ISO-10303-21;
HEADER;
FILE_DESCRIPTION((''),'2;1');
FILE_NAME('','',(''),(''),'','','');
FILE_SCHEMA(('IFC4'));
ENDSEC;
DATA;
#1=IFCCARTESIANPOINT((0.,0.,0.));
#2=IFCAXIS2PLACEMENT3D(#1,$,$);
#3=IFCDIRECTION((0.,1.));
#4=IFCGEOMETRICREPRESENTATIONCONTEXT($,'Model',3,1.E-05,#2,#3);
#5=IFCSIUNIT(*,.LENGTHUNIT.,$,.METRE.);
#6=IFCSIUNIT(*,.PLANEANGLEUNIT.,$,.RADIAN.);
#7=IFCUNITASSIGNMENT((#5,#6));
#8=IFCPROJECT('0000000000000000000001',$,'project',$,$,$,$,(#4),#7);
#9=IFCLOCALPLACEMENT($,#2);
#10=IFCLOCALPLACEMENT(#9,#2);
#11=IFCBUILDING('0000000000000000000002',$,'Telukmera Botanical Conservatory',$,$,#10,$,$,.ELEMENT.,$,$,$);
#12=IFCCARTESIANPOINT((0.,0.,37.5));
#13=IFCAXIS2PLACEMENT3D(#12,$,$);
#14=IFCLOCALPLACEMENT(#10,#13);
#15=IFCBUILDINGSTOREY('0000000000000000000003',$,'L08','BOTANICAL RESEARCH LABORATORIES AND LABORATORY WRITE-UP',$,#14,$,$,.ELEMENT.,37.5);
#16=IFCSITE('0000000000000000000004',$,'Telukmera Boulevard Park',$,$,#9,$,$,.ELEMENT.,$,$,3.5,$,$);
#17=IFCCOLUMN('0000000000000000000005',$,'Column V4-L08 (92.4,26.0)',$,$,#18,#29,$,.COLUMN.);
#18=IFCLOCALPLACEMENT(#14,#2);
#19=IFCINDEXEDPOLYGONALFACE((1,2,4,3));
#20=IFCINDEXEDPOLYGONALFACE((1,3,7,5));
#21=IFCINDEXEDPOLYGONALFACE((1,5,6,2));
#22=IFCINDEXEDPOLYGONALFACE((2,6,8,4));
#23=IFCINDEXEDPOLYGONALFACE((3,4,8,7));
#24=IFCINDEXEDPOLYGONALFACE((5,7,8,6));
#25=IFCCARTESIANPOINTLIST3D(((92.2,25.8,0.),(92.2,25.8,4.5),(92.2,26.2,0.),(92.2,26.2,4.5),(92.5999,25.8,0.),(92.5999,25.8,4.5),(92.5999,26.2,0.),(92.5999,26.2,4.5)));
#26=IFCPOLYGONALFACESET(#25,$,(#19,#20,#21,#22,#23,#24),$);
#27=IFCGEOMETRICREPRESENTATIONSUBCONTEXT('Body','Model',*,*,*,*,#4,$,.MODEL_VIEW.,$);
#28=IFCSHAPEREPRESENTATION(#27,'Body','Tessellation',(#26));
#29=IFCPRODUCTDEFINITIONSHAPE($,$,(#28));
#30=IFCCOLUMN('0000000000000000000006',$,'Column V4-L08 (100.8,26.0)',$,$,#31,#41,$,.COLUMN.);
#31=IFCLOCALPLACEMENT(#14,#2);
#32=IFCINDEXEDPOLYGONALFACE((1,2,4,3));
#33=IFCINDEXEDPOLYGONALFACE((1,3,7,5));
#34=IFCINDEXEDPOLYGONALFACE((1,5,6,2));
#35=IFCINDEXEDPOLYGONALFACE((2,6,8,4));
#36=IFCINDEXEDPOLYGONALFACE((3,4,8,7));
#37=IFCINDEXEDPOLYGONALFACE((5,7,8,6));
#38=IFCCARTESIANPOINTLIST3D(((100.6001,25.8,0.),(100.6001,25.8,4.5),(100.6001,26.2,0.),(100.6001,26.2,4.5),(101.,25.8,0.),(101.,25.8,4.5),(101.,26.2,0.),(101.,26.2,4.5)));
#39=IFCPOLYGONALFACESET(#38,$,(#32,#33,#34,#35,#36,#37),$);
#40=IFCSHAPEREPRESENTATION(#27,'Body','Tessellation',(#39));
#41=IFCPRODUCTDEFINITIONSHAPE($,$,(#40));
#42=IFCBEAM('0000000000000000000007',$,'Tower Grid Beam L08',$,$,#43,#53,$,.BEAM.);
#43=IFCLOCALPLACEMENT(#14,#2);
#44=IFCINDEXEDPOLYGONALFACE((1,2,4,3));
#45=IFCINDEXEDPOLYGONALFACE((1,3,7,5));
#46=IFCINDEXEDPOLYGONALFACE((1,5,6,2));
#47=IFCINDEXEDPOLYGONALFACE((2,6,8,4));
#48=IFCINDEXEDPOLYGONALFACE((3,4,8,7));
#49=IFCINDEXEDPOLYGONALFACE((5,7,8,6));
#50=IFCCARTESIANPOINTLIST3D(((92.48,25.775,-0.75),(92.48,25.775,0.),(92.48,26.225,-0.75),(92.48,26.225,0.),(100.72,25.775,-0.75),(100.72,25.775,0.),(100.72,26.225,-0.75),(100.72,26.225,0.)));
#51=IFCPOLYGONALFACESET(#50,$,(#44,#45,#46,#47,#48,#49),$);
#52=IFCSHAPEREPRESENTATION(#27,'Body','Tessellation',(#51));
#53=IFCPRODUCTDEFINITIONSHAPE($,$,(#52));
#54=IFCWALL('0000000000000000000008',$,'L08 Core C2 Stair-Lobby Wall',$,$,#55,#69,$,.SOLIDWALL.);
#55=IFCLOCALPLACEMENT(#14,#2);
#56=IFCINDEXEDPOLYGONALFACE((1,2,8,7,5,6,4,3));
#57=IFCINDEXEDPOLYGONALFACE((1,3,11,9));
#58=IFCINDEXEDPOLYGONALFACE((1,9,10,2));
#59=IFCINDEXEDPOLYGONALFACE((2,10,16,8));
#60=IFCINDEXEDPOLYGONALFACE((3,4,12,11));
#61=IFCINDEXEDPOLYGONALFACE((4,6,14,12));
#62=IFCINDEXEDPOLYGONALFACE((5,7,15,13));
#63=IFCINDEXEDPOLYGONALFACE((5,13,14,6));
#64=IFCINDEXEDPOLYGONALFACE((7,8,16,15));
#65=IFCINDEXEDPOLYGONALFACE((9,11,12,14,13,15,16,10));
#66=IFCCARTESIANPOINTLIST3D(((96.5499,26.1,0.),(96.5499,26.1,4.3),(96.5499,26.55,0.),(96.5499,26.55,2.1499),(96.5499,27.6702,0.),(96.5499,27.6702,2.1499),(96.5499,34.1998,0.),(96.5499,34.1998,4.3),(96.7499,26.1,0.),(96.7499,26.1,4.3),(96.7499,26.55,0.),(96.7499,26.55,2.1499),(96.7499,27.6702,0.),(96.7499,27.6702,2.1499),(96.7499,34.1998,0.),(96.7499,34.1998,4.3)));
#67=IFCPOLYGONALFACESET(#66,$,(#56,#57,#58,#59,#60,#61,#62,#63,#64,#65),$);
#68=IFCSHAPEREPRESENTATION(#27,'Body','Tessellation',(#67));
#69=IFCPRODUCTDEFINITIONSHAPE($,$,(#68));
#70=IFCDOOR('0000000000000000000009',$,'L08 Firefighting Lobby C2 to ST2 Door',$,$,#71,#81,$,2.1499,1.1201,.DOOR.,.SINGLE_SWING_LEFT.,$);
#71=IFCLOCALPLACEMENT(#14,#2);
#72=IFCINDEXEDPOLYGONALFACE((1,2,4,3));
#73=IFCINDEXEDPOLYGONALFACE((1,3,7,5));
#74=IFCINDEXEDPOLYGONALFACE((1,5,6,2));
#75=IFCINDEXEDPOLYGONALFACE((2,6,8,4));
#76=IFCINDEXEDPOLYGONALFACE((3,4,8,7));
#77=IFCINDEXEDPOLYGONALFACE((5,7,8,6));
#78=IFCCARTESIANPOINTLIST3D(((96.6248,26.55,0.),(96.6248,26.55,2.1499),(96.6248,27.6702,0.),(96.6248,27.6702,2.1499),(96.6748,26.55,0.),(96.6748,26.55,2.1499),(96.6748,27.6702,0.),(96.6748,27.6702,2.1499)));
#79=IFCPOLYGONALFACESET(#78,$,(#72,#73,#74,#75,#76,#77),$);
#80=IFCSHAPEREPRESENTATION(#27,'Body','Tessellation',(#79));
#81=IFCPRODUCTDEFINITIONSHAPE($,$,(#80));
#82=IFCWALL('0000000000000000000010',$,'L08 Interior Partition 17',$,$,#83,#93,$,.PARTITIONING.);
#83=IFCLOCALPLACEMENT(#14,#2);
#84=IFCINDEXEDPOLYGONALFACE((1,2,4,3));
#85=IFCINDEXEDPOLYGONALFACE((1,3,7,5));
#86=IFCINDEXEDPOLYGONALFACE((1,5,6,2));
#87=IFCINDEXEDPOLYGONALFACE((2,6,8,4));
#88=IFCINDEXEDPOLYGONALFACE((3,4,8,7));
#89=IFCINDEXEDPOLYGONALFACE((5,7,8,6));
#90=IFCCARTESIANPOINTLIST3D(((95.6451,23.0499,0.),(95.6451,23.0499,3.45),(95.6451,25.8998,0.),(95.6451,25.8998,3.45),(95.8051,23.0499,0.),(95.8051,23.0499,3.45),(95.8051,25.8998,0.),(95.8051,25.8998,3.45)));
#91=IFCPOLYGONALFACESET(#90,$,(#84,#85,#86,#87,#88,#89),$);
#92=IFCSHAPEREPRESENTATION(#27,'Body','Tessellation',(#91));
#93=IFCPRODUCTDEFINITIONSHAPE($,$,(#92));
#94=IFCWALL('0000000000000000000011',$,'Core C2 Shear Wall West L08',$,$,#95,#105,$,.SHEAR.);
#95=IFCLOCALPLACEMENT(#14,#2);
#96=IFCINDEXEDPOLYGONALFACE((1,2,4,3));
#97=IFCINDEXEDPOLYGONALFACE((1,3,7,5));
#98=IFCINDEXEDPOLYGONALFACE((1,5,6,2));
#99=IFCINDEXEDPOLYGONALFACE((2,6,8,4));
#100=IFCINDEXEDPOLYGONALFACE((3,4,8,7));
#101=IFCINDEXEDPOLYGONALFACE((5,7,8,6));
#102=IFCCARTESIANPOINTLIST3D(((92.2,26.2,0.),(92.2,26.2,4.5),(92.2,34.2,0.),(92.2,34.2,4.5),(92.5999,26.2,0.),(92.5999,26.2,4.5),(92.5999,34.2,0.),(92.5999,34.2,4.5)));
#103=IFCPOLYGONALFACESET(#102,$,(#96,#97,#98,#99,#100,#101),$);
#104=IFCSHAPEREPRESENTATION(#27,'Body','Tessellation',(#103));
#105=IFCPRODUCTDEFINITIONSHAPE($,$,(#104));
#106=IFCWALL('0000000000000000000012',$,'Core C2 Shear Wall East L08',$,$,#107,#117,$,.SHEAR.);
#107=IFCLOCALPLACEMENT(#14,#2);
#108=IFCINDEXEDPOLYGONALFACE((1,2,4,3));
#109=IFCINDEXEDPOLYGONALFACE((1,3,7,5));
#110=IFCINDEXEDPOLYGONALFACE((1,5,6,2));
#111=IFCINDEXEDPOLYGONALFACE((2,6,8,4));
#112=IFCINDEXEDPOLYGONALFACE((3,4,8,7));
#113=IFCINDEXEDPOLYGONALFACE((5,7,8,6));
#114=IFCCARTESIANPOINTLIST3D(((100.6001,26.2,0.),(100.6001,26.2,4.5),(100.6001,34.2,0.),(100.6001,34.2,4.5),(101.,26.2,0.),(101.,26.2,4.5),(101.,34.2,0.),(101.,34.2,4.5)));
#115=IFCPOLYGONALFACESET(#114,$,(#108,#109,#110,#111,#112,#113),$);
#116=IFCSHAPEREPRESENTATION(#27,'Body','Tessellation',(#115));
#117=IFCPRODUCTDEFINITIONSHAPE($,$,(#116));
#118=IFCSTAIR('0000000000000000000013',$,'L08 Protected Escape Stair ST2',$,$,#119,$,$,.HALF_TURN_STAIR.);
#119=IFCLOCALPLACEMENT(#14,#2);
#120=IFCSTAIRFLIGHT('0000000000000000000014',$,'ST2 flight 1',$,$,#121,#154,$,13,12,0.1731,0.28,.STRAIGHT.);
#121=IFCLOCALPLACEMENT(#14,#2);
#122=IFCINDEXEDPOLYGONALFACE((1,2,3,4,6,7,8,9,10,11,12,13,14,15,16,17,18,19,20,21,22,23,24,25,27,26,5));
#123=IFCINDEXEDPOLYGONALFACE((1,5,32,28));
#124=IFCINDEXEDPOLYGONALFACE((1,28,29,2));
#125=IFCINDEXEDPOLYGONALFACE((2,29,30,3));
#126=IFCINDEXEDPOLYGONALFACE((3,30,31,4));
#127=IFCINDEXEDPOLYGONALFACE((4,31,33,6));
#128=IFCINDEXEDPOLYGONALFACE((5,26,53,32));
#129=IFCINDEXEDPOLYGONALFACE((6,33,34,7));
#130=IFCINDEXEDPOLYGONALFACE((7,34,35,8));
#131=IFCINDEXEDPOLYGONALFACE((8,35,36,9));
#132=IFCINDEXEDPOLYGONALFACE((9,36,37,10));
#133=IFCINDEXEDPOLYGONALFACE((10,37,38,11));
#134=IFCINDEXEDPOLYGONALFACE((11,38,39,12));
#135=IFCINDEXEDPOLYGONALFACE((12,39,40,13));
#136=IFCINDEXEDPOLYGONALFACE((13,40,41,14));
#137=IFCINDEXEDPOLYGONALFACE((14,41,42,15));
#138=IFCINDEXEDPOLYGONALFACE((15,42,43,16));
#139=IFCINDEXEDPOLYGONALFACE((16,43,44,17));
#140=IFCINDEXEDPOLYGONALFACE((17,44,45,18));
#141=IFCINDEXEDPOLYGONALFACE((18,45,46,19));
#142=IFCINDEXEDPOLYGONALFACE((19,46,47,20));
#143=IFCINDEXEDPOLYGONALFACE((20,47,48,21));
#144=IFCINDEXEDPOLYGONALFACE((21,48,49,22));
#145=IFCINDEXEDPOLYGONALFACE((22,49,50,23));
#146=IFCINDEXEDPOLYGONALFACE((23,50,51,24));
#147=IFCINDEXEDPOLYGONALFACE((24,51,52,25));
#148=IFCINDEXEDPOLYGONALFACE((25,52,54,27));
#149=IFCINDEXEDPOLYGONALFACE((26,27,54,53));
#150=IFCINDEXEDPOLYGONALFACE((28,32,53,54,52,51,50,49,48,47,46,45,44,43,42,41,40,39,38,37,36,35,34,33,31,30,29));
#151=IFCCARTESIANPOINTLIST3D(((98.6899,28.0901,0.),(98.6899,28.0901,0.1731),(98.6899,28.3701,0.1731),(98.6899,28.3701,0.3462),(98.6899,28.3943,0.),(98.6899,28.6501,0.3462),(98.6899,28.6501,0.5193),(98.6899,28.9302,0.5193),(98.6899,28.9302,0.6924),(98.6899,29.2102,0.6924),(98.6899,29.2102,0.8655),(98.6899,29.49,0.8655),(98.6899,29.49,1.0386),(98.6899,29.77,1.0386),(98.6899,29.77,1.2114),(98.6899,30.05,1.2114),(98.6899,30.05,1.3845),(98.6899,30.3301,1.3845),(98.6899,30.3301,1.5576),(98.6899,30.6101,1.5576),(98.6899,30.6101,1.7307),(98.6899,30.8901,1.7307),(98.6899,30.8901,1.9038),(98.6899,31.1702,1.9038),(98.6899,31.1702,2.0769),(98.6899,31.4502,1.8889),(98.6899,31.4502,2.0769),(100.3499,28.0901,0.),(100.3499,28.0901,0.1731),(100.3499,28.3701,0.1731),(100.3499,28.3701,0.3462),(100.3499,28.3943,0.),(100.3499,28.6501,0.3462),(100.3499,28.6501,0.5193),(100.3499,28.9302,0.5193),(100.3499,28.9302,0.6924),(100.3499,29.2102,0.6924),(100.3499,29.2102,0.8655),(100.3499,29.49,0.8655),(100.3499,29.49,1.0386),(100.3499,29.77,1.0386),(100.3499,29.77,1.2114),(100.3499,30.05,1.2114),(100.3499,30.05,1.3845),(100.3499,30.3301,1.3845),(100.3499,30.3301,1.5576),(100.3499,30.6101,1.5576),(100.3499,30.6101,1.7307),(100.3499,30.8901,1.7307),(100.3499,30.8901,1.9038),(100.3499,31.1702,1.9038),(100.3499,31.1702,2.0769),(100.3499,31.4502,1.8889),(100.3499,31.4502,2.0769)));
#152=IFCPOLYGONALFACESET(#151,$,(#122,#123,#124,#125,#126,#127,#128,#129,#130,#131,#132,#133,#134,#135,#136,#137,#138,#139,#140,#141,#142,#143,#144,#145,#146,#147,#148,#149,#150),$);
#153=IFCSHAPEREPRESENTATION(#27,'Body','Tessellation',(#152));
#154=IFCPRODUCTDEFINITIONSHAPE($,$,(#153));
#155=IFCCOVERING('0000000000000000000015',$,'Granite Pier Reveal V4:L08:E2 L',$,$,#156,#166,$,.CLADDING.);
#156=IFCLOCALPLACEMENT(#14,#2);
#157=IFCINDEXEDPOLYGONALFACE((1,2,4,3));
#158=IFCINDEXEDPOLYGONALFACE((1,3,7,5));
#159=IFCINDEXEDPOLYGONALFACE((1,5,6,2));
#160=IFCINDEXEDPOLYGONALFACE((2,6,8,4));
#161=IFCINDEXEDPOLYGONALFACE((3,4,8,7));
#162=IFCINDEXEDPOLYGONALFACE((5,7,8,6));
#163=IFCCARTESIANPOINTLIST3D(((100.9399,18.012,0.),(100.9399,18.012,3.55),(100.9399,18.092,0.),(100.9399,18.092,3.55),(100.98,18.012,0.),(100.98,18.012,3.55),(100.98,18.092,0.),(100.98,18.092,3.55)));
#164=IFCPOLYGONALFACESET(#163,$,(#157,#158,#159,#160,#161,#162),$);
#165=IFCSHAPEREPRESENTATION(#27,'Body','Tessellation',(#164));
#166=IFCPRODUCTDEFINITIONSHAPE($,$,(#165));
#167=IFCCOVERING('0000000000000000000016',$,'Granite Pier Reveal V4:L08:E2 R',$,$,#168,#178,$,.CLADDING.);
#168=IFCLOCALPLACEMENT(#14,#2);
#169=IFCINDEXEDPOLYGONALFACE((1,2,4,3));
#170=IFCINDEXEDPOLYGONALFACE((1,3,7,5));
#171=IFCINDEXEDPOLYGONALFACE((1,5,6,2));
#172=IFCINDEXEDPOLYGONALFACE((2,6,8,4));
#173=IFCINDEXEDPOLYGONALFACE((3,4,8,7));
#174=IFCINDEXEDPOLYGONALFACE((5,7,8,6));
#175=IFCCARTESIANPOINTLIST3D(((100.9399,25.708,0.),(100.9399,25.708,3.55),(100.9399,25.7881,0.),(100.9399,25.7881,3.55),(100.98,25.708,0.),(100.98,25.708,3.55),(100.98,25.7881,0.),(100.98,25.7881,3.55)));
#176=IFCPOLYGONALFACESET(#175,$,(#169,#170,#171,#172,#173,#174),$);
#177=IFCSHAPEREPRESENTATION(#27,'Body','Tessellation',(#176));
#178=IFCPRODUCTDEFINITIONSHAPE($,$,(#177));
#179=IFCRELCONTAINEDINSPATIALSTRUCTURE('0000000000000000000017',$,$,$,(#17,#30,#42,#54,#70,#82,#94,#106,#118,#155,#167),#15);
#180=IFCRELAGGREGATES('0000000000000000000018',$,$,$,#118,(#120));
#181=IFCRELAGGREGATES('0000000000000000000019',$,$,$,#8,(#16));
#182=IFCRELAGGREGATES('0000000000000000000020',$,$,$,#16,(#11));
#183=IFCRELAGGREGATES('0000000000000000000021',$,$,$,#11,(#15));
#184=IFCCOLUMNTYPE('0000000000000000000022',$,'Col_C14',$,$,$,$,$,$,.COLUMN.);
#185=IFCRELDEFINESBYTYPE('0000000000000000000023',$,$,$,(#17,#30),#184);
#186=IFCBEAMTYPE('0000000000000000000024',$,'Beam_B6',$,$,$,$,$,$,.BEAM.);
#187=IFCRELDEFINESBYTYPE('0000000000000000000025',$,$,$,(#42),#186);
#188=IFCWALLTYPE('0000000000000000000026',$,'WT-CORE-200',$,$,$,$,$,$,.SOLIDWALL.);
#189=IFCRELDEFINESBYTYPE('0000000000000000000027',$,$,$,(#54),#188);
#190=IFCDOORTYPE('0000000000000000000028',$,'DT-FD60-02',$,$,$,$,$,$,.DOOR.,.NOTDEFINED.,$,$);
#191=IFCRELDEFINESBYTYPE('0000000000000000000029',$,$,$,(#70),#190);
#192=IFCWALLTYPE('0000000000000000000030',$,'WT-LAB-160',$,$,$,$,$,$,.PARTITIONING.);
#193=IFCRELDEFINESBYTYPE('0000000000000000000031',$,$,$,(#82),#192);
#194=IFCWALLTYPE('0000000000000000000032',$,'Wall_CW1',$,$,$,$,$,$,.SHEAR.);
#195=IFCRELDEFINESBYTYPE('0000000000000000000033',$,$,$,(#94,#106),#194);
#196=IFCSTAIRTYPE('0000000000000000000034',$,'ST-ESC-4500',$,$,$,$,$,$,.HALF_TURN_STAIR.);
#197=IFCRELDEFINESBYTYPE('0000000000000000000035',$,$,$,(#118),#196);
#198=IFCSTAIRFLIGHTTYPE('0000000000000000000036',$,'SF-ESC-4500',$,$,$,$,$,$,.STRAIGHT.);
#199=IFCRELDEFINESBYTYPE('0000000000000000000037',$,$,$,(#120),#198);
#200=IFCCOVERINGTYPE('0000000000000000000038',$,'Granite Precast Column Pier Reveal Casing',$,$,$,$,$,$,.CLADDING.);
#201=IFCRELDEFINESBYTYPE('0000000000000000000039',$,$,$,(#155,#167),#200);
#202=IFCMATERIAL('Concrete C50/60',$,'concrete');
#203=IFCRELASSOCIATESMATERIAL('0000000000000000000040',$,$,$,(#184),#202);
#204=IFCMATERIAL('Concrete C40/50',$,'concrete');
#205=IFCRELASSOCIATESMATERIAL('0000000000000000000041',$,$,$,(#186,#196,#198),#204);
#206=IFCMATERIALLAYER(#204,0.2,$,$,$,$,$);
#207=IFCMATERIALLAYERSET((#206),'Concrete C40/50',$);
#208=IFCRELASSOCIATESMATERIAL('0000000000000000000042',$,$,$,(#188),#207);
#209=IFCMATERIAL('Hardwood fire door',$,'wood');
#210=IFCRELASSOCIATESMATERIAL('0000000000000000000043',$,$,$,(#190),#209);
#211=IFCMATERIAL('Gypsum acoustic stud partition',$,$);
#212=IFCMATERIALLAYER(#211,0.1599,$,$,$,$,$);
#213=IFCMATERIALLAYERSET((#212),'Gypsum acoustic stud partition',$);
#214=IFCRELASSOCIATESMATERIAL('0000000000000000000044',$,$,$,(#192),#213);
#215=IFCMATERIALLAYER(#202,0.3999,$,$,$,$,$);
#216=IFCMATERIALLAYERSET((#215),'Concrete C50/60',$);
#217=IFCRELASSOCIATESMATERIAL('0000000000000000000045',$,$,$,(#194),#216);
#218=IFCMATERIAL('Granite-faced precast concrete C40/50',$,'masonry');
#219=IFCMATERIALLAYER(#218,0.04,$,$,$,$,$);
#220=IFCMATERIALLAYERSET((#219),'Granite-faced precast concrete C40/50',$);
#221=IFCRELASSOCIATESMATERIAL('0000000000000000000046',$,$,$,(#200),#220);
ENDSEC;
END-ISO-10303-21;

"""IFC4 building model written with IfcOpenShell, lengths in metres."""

from ifc_helpers import new_model, si_unit, direction, frame, frame_2d, origin, origin_2d, place, context, subcontext, project, spatial, polyline, rectangle, outline, extrude, material, layer, layer_set, material_profile, profile_set, type_object, element, fill, aggregate, save


model = new_model("IFC4")

# Units and contexts
model_context = context("Model", 3, precision=1e-05, world=origin(), true_north=direction((0.0, 1.0)))
body_context = subcontext(model_context, "Body", "Model", "MODEL_VIEW")
ifc_project = project(units=[si_unit("LENGTHUNIT", "METRE"), si_unit("PLANEANGLEUNIT", "RADIAN")], contexts=[model_context])

# Site, building, storey
site_placement = place(None, origin())
site = spatial("IfcSite", under=ifc_project, at=site_placement, Name="Telukmera Boulevard Park", CompositionType="ELEMENT", RefElevation=3.5)
building_placement = place(site_placement, origin())
building = spatial("IfcBuilding", under=site, at=building_placement, Name="Telukmera Botanical Conservatory", CompositionType="ELEMENT")
storey_placement = place(building_placement, frame((0.0, 0.0, 37.5)))
storey = spatial("IfcBuildingStorey", under=building, at=storey_placement, Name="L08", Description="BOTANICAL RESEARCH LABORATORIES AND LABORATORY WRITE-UP", CompositionType="ELEMENT", Elevation=37.5)

# Columns
ifc_material_1 = material(Name="Concrete C50/60", Category="concrete")
ifc_material_profile_1 = material_profile(ifc_material_1, rectangle(XDim=0.3999, YDim=0.3999, at=origin_2d()), Name="RC 400x400")
ifc_profile_set_1 = profile_set([ifc_material_profile_1], Name="Concrete C50/60")
column_type = type_object("IfcColumnType", Name="Col_C14", PredefinedType="COLUMN", material=ifc_profile_set_1)
for number, where, z_axis, x_axis, name in (
    (1, (92.3999, 26.0, 0.0), (0.0, 0.0, 1.0), (1.0, 0.0, 0.0), "Column V4-L08 (92.4,26.0)"),
    (2, (100.8, 26.0, 0.0), (0.0, 0.0, 1.0), (1.0, 0.0, 0.0), "Column V4-L08 (100.8,26.0)"),
):
    element("IfcColumn", number, at=place(storey_placement, frame(where, z_axis=z_axis, x_axis=x_axis)), inside=storey, type_object=column_type, Name=name, PredefinedType="COLUMN", context=body_context, shape_type="SweptSolid", body=[
        extrude(rectangle(XDim=0.3999, YDim=0.3999, at=origin_2d()), origin(), (0.0, 0.0, 1.0), 4.5),
    ])

# Beam
ifc_material_2 = material(Name="Concrete C40/50", Category="concrete")
ifc_material_profile_2 = material_profile(ifc_material_2, rectangle(XDim=0.45, YDim=0.75, at=origin_2d()), Name="RC 450x750")
ifc_profile_set_2 = profile_set([ifc_material_profile_2], Name="Concrete C40/50")
beam_type = type_object("IfcBeamType", Name="Beam_B6", PredefinedType="BEAM", material=ifc_profile_set_2)
beam_placement = place(storey_placement, frame((92.48, 26.0, -0.375), z_axis=(1.0, 0.0, 0.0), x_axis=(0.0, 1.0, 0.0)))
element("IfcBeam", 3, at=beam_placement, inside=storey, type_object=beam_type, Name="Tower Grid Beam L08", PredefinedType="BEAM", context=body_context, shape_type="SweptSolid", body=[
    extrude(rectangle(XDim=0.45, YDim=0.75, at=origin_2d()), origin(), (0.0, 0.0, 1.0), 8.24),
])

# Shared definitions
ifc_layer_1 = layer(ifc_material_2, 0.2)
ifc_layer_set_1 = layer_set([ifc_layer_1], Name="Concrete C40/50")
wall_type_1 = type_object("IfcWallType", Name="WT-CORE-200", PredefinedType="SOLIDWALL", material=ifc_layer_set_1)
ifc_material_3 = material(Name="Hardwood fire door", Category="wood")

# Wall, opening, door
wall_1_placement = place(storey_placement, frame((96.6499, 26.1001, 0.0), z_axis=(0.0, 0.0, 1.0), x_axis=(0.0, 1.0, 0.0)))
wall_1 = element("IfcWall", 4, at=wall_1_placement, inside=storey, type_object=wall_type_1, Name="L08 Core C2 Stair-Lobby Wall", PredefinedType="SOLIDWALL", context=body_context, shape_type="SweptSolid", body=[
    extrude(rectangle(XDim=8.0999, YDim=0.2, at=frame_2d((4.0498, 0.0))), origin(), (0.0, 0.0, 1.0), 4.3),
])
opening_1_placement = place(wall_1_placement, frame((0.45, 0.0, 0.0)))
opening_1 = element("IfcOpeningElement", 5, at=opening_1_placement, cuts=wall_1, PredefinedType="OPENING", context=body_context, shape_type="SweptSolid", body=[
    extrude(rectangle(XDim=1.1201, YDim=2.1499, at=frame_2d((0.5601, 1.075))), frame((0.0, 0.1099, 0.0), z_axis=(0.0, -1.0, 0.0), x_axis=(1.0, 0.0, 0.0)), (0.0, 0.0, 1.0), 0.22),
])
door_type_1 = type_object("IfcDoorType", Name="DT-FD60-02", OperationType="NOTDEFINED", PredefinedType="DOOR", material=ifc_material_3)
door_1_placement = place(opening_1_placement, frame((1.1201, 0.0, 0.0), z_axis=(0.0, 0.0, 1.0), x_axis=(-1.0, 0.0, 0.0)))
door_1 = element("IfcDoor", 6, at=door_1_placement, inside=storey, type_object=door_type_1, Name="L08 Firefighting Lobby C2 to ST2 Door", OperationType="SINGLE_SWING_LEFT", OverallHeight=2.1499, OverallWidth=1.1201, PredefinedType="DOOR", context=body_context, shape_type="SweptSolid", body=[
    extrude(rectangle(XDim=1.1201, YDim=2.1499, at=frame_2d((0.5601, 1.075))), frame((0.0, 0.0249, 0.0), z_axis=(0.0, -1.0, 0.0), x_axis=(1.0, 0.0, 0.0)), (0.0, 0.0, 1.0), 0.05),
])
fill(opening_1, door_1)

# Walls
ifc_material_4 = material(Name="Gypsum acoustic stud partition")
ifc_layer_2 = layer(ifc_material_4, 0.1599)
ifc_layer_set_2 = layer_set([ifc_layer_2], Name="Gypsum acoustic stud partition")
wall_type_2 = type_object("IfcWallType", Name="WT-LAB-160", PredefinedType="PARTITIONING", material=ifc_layer_set_2)
wall_2_placement = place(storey_placement, frame((95.7251, 23.05, 0.0), z_axis=(0.0, 0.0, 1.0), x_axis=(0.0, 1.0, 0.0)))
element("IfcWall", 7, at=wall_2_placement, inside=storey, type_object=wall_type_2, Name="L08 Interior Partition 17", PredefinedType="PARTITIONING", context=body_context, shape_type="SweptSolid", body=[
    extrude(rectangle(XDim=2.8499, YDim=0.1599, at=frame_2d((1.4248, 0.0))), origin(), (0.0, 0.0, 1.0), 3.45),
])
ifc_layer_3 = layer(ifc_material_1, 0.3999)
ifc_layer_set_3 = layer_set([ifc_layer_3], Name="Concrete C50/60")
wall_type_3 = type_object("IfcWallType", Name="Wall_CW1", PredefinedType="SHEAR", material=ifc_layer_set_3)
for number, where, z_axis, x_axis, name in (
    (8, (92.3999, 26.2, 0.0), (0.0, 0.0, 1.0), (0.0, 1.0, 0.0), "Core C2 Shear Wall West L08"),
    (9, (100.8, 26.2, 0.0), (0.0, 0.0, 1.0), (0.0, 1.0, 0.0), "Core C2 Shear Wall East L08"),
):
    element("IfcWall", number, at=place(storey_placement, frame(where, z_axis=z_axis, x_axis=x_axis)), inside=storey, type_object=wall_type_3, Name=name, PredefinedType="SHEAR", context=body_context, shape_type="SweptSolid", body=[
        extrude(rectangle(XDim=8.0, YDim=0.3999, at=frame_2d((4.0, 0.0))), origin(), (0.0, 0.0, 1.0), 4.5),
    ])

# Stair, stair flight
stair_type = type_object("IfcStairType", Name="ST-ESC-4500", PredefinedType="HALF_TURN_STAIR", material=ifc_material_2)
stair_placement = place(storey_placement, origin())
stair = element("IfcStair", 10, at=stair_placement, inside=storey, type_object=stair_type, Name="L08 Protected Escape Stair ST2", PredefinedType="HALF_TURN_STAIR")
stair_flight_type = type_object("IfcStairFlightType", Name="SF-ESC-4500", PredefinedType="STRAIGHT", material=ifc_material_2)
stair_flight_placement = place(storey_placement, frame((99.52, 28.0901, 0.0), z_axis=(0.0, 0.0, 1.0), x_axis=(0.0, 1.0, 0.0)))
stair_flight = element("IfcStairFlight", 11, at=stair_flight_placement, type_object=stair_flight_type, Name="ST2 flight 1", NumberOfRisers=13, NumberOfTreads=12, PredefinedType="STRAIGHT", RiserHeight=0.1731, TreadLength=0.28, context=body_context, shape_type="SweptSolid", body=[
    extrude(outline(polyline([(0.0, 0.0), (0.0, 0.1731), (0.28, 0.1731), (0.28, 0.3462), (0.5601, 0.3462), (0.5601, 0.5193), (0.8401, 0.5193), (0.8401, 0.6924), (1.1201, 0.6924), (1.1201, 0.8655), (1.3999, 0.8655), (1.3999, 1.0386), (1.6799, 1.0386), (1.6799, 1.2114), (1.96, 1.2114), (1.96, 1.3845), (2.24, 1.3845), (2.24, 1.5576), (2.52, 1.5576), (2.52, 1.7307), (2.8, 1.7307), (2.8, 1.9038), (3.0801, 1.9038), (3.0801, 2.0769), (3.3601, 2.0769), (3.3601, 2.25), (3.3601, 1.8889), (0.3042, 0.0), (0.0, 0.0)])), frame((0.0, 0.8301, 0.0), z_axis=(0.0, -1.0, 0.0), x_axis=(1.0, 0.0, 0.0)), (0.0, 0.0, 1.0), 1.6599),
])
aggregate(stair, [stair_flight])

# Coverings
ifc_material_5 = material(Name="Granite-faced precast concrete C40/50", Category="masonry")
ifc_layer_4 = layer(ifc_material_5, 0.04)
ifc_layer_set_4 = layer_set([ifc_layer_4], Name="Granite-faced precast concrete C40/50")
covering_type_1 = type_object("IfcCoveringType", Name="Granite Precast Column Pier Reveal Casing", PredefinedType="CLADDING", material=ifc_layer_set_4)
for number, where, z_axis, x_axis, name in (
    (12, (100.96, 18.052, 0.0), (0.0, 0.0, 1.0), (0.0, 1.0, 0.0), "Granite Pier Reveal V4:L08:E2 L"),
    (13, (100.96, 25.748, 0.0), (0.0, 0.0, 1.0), (0.0, 1.0, 0.0), "Granite Pier Reveal V4:L08:E2 R"),
):
    element("IfcCovering", number, at=place(storey_placement, frame(where, z_axis=z_axis, x_axis=x_axis)), inside=storey, type_object=covering_type_1, Name=name, PredefinedType="CLADDING", context=body_context, shape_type="SweptSolid", body=[
        extrude(rectangle(XDim=0.0801, YDim=0.04, at=origin_2d()), origin(), (0.0, 0.0, 1.0), 3.55),
    ])

save(model, "model.ifc")
